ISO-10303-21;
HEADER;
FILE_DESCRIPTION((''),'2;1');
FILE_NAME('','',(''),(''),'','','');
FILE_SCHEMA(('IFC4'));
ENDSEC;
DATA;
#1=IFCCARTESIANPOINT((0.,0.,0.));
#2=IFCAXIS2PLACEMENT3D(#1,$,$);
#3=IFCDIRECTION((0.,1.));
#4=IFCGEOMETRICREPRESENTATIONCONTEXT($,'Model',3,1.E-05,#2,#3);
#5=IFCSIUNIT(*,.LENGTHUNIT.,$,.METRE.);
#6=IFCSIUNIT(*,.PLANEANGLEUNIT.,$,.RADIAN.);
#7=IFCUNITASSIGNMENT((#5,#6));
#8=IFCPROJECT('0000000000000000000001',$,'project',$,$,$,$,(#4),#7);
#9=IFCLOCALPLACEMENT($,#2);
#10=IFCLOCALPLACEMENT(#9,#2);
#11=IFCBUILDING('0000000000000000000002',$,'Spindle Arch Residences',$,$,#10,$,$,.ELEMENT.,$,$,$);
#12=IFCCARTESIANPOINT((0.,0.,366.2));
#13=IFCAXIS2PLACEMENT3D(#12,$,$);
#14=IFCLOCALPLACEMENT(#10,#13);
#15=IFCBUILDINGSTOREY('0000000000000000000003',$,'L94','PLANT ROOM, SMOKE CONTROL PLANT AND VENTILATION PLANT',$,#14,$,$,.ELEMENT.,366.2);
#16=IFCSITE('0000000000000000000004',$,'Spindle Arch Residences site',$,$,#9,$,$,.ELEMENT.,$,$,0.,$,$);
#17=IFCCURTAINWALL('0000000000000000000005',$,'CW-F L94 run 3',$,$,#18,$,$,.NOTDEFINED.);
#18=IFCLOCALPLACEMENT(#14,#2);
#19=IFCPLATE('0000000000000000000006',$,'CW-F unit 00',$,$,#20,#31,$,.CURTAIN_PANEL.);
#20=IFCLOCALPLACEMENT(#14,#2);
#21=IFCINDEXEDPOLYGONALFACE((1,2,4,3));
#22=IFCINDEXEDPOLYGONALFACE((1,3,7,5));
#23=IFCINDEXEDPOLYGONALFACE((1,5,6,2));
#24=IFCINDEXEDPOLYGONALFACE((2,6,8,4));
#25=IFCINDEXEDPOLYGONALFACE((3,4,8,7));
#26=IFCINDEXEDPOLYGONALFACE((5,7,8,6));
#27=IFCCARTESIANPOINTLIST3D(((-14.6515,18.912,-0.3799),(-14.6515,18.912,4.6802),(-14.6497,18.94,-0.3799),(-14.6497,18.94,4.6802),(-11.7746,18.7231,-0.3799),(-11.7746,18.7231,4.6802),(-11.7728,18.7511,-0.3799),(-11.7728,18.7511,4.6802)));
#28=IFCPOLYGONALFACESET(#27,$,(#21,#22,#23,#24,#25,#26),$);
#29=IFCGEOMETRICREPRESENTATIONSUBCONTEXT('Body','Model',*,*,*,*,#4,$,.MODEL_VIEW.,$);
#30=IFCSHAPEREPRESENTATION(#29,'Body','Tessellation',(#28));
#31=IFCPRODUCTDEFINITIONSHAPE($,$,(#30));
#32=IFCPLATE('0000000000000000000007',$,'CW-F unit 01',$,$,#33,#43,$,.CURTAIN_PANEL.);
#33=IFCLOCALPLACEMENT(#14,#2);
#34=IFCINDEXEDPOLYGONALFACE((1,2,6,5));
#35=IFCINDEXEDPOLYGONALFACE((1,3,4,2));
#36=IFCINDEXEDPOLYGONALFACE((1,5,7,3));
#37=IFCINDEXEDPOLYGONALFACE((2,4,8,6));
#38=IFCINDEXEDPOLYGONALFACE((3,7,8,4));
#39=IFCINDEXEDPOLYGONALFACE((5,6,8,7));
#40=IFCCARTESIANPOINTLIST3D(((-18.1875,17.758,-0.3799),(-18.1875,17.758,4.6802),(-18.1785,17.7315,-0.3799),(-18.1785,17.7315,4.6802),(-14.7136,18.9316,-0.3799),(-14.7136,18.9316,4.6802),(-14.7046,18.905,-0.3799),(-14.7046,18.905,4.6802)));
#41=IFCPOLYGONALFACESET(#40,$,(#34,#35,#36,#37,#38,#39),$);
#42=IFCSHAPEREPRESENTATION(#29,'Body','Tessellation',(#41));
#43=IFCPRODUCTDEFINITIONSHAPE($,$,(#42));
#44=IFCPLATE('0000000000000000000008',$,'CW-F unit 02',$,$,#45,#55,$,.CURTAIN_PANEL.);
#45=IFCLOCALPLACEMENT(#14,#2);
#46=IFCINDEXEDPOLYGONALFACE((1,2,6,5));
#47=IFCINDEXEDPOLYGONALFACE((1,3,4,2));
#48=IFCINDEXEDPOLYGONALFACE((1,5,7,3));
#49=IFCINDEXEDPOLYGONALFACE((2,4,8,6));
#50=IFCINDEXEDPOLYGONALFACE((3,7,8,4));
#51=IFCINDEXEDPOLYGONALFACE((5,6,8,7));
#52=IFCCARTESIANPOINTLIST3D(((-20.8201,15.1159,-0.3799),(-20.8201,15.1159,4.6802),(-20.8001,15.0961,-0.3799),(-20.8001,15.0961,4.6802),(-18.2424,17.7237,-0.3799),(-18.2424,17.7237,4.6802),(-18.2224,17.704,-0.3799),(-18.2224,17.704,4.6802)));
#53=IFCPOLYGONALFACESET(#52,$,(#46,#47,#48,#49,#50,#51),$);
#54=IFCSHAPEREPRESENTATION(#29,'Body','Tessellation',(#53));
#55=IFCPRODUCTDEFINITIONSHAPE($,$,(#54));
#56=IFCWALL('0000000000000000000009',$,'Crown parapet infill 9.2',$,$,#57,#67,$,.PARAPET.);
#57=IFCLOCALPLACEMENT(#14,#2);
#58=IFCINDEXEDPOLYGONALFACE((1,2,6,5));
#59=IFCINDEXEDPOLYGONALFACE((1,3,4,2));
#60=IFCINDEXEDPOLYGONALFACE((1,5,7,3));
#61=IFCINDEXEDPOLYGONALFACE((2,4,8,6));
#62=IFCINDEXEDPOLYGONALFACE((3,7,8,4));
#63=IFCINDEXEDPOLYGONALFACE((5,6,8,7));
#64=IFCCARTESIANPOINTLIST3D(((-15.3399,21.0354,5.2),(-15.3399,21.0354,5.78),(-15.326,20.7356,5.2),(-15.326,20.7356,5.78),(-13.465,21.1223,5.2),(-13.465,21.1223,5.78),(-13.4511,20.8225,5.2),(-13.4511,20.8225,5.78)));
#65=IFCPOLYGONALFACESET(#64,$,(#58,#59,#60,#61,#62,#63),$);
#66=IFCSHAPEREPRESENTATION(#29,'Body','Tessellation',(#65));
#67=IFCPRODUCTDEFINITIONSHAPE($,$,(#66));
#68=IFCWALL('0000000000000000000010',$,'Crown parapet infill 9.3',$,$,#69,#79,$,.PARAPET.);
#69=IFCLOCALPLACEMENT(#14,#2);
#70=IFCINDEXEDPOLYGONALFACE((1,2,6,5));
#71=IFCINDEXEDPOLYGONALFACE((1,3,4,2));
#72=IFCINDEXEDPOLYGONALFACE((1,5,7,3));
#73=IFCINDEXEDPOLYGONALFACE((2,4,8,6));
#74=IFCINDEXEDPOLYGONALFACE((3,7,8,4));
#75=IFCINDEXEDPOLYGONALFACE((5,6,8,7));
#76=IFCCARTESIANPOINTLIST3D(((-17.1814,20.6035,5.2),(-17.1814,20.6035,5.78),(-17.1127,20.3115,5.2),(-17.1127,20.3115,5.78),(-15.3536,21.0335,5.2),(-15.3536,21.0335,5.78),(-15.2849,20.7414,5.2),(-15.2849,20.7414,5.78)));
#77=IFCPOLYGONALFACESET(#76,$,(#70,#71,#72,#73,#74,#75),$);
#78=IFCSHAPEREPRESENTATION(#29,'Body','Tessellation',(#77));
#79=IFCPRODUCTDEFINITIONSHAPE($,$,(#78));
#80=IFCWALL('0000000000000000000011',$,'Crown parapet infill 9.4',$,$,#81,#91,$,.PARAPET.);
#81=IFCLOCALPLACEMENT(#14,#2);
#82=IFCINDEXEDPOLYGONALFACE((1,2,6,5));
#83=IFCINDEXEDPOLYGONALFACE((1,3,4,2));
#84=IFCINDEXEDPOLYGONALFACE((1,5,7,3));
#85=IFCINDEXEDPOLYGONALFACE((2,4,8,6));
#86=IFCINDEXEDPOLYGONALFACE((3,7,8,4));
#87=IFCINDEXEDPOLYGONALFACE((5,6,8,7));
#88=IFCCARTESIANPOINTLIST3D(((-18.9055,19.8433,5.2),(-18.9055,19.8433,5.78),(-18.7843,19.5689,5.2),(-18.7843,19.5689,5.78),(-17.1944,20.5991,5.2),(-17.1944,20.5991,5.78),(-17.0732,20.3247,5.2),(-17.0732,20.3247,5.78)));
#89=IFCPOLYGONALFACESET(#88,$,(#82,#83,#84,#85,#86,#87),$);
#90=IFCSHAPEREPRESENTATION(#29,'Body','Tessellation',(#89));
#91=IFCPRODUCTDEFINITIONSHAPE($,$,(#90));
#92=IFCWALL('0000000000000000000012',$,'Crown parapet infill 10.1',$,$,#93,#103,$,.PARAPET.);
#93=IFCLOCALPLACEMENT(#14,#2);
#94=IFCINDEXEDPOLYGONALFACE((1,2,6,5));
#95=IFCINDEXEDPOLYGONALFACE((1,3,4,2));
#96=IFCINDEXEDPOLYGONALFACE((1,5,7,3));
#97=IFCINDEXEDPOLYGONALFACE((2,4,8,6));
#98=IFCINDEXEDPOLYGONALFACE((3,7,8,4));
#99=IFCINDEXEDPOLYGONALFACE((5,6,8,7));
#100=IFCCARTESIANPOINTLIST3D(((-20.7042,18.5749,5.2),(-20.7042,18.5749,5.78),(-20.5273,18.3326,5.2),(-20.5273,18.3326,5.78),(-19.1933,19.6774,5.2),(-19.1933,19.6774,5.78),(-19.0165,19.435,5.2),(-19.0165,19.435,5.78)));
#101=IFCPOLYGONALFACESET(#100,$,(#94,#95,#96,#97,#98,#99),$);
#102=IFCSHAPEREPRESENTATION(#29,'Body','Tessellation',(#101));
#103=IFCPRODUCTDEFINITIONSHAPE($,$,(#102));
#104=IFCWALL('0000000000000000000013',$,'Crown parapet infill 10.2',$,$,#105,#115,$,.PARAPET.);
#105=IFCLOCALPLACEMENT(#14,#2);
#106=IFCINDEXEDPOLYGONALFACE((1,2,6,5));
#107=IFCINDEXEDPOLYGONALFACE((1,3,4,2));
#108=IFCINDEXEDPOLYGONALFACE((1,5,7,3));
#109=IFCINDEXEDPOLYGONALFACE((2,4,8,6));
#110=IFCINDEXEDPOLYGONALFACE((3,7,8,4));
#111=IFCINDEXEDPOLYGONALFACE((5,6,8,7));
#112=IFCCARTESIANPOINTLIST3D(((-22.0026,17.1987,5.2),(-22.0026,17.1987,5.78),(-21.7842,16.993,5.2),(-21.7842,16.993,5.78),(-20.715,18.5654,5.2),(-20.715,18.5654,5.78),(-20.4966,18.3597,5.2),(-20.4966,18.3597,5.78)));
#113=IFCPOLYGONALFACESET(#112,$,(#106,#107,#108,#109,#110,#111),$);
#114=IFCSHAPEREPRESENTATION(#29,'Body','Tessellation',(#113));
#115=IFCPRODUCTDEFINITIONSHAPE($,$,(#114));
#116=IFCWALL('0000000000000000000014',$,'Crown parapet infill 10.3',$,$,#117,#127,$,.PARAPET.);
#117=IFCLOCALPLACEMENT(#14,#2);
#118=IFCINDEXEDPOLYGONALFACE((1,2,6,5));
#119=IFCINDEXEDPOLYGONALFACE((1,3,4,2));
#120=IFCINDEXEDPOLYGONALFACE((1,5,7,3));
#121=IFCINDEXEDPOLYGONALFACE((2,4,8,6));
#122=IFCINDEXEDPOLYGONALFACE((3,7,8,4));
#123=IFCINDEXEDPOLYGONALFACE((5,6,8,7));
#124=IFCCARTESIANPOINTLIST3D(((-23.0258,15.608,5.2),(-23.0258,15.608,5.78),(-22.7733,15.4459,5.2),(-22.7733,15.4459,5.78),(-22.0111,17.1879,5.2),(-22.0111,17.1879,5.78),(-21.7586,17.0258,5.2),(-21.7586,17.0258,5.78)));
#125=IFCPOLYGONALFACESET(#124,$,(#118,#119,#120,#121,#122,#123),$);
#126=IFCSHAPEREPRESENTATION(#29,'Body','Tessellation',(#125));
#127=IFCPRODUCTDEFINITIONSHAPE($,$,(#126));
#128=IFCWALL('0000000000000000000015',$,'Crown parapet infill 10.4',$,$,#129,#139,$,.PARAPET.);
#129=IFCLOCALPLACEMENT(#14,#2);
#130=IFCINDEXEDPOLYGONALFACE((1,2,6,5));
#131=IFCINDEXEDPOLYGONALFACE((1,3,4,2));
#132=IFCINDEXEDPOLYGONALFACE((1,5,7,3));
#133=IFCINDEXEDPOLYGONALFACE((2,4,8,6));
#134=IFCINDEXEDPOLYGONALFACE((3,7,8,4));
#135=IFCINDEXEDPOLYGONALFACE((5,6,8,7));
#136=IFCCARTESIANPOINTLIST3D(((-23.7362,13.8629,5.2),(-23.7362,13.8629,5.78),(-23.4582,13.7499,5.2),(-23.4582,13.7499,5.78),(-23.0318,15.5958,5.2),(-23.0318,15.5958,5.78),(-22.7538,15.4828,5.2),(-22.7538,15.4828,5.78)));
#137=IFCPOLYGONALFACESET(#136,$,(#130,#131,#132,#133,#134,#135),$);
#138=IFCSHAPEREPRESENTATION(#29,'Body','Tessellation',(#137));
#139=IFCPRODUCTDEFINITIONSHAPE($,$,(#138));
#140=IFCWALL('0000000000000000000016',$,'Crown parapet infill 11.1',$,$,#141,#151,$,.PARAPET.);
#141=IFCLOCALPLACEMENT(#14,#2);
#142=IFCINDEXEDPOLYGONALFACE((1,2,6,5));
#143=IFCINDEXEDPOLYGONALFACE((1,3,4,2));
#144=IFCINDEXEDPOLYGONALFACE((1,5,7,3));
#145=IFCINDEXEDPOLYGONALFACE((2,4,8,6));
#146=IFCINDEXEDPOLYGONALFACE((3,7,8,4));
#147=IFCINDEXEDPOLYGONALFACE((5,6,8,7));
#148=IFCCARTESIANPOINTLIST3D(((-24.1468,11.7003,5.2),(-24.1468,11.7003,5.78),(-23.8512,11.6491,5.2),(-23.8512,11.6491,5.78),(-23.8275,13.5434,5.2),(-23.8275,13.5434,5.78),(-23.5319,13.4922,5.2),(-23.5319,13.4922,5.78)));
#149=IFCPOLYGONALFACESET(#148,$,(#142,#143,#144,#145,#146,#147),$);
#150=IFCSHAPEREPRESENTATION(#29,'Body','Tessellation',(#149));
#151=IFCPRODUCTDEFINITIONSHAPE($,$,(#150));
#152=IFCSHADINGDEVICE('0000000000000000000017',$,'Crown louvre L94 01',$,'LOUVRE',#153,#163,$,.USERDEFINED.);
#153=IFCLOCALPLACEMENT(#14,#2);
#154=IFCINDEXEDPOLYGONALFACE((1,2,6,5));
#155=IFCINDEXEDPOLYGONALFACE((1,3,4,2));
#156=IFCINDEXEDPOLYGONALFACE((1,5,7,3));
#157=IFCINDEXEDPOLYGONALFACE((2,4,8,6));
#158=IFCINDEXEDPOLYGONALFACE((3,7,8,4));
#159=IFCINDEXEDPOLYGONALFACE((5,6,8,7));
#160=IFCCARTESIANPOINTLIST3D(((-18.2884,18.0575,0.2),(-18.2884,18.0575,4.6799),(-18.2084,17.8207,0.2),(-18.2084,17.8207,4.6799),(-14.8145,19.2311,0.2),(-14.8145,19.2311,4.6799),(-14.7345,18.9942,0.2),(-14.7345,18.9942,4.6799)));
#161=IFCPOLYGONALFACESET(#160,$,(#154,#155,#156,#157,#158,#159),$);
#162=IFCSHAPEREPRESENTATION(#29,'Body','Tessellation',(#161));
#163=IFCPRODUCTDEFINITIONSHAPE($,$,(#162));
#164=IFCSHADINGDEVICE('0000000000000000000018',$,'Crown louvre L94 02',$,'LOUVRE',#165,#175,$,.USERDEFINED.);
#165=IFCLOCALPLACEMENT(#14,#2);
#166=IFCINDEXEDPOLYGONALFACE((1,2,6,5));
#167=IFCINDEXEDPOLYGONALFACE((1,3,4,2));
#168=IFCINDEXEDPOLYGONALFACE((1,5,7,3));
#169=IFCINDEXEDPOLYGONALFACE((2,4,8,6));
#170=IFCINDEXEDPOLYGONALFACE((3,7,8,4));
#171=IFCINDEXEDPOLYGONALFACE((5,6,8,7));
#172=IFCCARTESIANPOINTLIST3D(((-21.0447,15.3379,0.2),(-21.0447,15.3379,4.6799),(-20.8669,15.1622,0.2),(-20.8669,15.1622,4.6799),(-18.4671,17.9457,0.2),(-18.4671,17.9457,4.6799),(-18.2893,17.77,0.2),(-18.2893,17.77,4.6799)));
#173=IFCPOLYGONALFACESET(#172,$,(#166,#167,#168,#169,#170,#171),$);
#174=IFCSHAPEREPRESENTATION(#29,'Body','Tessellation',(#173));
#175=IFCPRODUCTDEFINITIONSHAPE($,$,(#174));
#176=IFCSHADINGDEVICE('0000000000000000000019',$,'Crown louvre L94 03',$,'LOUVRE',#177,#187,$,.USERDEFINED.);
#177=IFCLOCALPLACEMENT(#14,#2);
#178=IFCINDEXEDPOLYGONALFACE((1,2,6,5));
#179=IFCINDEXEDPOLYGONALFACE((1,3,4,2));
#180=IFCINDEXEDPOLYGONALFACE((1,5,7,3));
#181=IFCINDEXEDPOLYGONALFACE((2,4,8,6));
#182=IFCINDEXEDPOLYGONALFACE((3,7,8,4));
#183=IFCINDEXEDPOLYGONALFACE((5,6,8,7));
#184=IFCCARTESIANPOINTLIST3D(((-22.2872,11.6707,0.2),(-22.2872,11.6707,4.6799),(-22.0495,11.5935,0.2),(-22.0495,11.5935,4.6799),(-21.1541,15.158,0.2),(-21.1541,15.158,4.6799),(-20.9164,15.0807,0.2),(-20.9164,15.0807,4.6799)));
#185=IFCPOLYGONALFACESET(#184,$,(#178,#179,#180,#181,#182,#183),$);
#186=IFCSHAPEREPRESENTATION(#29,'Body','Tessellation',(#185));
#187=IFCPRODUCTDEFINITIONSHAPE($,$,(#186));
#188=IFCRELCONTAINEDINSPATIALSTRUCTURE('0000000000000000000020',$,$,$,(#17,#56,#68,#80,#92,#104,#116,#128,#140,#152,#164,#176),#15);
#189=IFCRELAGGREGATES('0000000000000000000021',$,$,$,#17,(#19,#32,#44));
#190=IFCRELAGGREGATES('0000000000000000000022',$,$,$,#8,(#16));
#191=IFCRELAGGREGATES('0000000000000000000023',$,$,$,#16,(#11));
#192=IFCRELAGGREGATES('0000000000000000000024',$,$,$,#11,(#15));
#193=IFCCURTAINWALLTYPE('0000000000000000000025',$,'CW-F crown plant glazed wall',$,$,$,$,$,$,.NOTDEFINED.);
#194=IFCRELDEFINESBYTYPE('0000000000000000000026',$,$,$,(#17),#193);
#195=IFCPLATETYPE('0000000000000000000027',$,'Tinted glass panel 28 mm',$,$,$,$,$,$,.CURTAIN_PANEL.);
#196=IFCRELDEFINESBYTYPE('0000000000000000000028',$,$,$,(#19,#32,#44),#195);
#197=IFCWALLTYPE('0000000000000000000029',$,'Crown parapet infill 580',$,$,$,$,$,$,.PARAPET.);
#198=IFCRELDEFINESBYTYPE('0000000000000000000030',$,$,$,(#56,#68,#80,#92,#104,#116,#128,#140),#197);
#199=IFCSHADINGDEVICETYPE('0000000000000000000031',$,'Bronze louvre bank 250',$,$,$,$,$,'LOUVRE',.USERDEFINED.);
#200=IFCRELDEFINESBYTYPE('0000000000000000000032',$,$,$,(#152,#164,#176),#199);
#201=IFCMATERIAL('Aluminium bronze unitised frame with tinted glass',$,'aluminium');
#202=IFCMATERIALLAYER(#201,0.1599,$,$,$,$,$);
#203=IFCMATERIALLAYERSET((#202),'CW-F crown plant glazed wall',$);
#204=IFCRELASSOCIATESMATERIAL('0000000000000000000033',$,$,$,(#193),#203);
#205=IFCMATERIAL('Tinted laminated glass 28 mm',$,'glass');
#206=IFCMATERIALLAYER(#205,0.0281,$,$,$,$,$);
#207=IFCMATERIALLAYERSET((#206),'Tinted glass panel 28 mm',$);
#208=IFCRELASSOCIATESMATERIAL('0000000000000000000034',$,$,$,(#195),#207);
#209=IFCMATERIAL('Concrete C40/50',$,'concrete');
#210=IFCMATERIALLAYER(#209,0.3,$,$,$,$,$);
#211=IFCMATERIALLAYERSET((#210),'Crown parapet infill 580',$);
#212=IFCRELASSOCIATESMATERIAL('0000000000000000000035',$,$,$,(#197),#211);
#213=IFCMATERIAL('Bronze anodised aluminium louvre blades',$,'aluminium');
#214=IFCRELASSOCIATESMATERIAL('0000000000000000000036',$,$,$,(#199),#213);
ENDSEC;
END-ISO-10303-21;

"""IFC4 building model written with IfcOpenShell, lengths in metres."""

from ifc_helpers import new_model, si_unit, direction, frame, frame_2d, origin, origin_2d, place, context, subcontext, project, spatial, rectangle, extrude, material, layer, layer_set, type_object, element, aggregate, save


model = new_model("IFC4")

# Units and contexts
model_context = context("Model", 3, precision=1e-05, world=origin(), true_north=direction((0.0, 1.0)))
body_context = subcontext(model_context, "Body", "Model", "MODEL_VIEW")
ifc_project = project(units=[si_unit("LENGTHUNIT", "METRE"), si_unit("PLANEANGLEUNIT", "RADIAN")], contexts=[model_context])

# Site, building, storey
site_placement = place(None, origin())
site = spatial("IfcSite", under=ifc_project, at=site_placement, Name="Spindle Arch Residences site", CompositionType="ELEMENT", RefElevation=0.0)
building_placement = place(site_placement, origin())
building = spatial("IfcBuilding", under=site, at=building_placement, Name="Spindle Arch Residences", CompositionType="ELEMENT")
storey_placement = place(building_placement, frame((0.0, 0.0, 366.2)))
storey = spatial("IfcBuildingStorey", under=building, at=storey_placement, Name="L94", Description="PLANT ROOM, SMOKE CONTROL PLANT AND VENTILATION PLANT", CompositionType="ELEMENT", Elevation=366.2)

# Curtain wall
ifc_material_1 = material(Name="Aluminium bronze unitised frame with tinted glass", Category="aluminium")
ifc_layer_1 = layer(ifc_material_1, 0.1599)
ifc_layer_set_1 = layer_set([ifc_layer_1], Name="CW-F crown plant glazed wall")
curtain_wall_type = type_object("IfcCurtainWallType", Name="CW-F crown plant glazed wall", PredefinedType="NOTDEFINED", material=ifc_layer_set_1)
curtain_wall_placement = place(storey_placement, origin())
curtain_wall = element("IfcCurtainWall", 1, at=curtain_wall_placement, inside=storey, type_object=curtain_wall_type, Name="CW-F L94 run 3", PredefinedType="NOTDEFINED")

# Plates
ifc_material_2 = material(Name="Tinted laminated glass 28 mm", Category="glass")
ifc_layer_2 = layer(ifc_material_2, 0.0281)
ifc_layer_set_2 = layer_set([ifc_layer_2], Name="Tinted glass panel 28 mm")
plate_type = type_object("IfcPlateType", Name="Tinted glass panel 28 mm", PredefinedType="CURTAIN_PANEL", material=ifc_layer_set_2)
plate_1_placement = place(storey_placement, frame((-13.2122, 18.8315, -0.3799), z_axis=(0.0, 0.0, 1.0), x_axis=(-0.997852, 0.06551, 0.0)))
plate_1 = element("IfcPlate", 2, at=plate_1_placement, type_object=plate_type, Name="CW-F unit 00", PredefinedType="CURTAIN_PANEL", context=body_context, shape_type="SweptSolid", body=[
    extrude(rectangle(XDim=2.8831, YDim=0.0281, at=origin_2d()), origin(), (0.0, 0.0, 1.0), 5.0601),
])
plate_2_placement = place(storey_placement, frame((-16.446, 18.3315, -0.3799), z_axis=(0.0, 0.0, 1.0), x_axis=(-0.947397, -0.320062, 0.0)))
plate_2 = element("IfcPlate", 3, at=plate_2_placement, type_object=plate_type, Name="CW-F unit 01", PredefinedType="CURTAIN_PANEL", context=body_context, shape_type="SweptSolid", body=[
    extrude(rectangle(XDim=3.6667, YDim=0.0281, at=origin_2d()), origin(), (0.0, 0.0, 1.0), 5.0601),
])
plate_3_placement = place(storey_placement, frame((-19.5212, 16.4099, -0.3799), z_axis=(0.0, 0.0, 1.0), x_axis=(-0.702981, -0.711209, 0.0)))
plate_3 = element("IfcPlate", 4, at=plate_3_placement, type_object=plate_type, Name="CW-F unit 02", PredefinedType="CURTAIN_PANEL", context=body_context, shape_type="SweptSolid", body=[
    extrude(rectangle(XDim=3.6667, YDim=0.0281, at=origin_2d()), origin(), (0.0, 0.0, 1.0), 5.0601),
])
aggregate(curtain_wall, [plate_1, plate_2, plate_3])

# Walls
ifc_material_3 = material(Name="Concrete C40/50", Category="concrete")
ifc_layer_3 = layer(ifc_material_3, 0.3)
ifc_layer_set_3 = layer_set([ifc_layer_3], Name="Crown parapet infill 580")
wall_type = type_object("IfcWallType", Name="Crown parapet infill 580", PredefinedType="PARAPET", material=ifc_layer_set_3)
wall_1_placement = place(storey_placement, frame((-13.458, 20.9724, 5.2), z_axis=(0.0, 0.0, 1.0), x_axis=(-0.998927, -0.046304, 0.0)))
element("IfcWall", 5, at=wall_1_placement, inside=storey, type_object=wall_type, Name="Crown parapet infill 9.2", PredefinedType="PARAPET", context=body_context, shape_type="SweptSolid", body=[
    extrude(rectangle(XDim=1.877, YDim=0.3, at=frame_2d((0.9385, 0.0))), origin(), (0.0, 0.0, 1.0), 0.5801),
])
wall_2_placement = place(storey_placement, frame((-15.3191, 20.8875, 5.2), z_axis=(0.0, 0.0, 1.0), x_axis=(-0.973436, -0.22896, 0.0)))
element("IfcWall", 6, at=wall_2_placement, inside=storey, type_object=wall_type, Name="Crown parapet infill 9.3", PredefinedType="PARAPET", context=body_context, shape_type="SweptSolid", body=[
    extrude(rectangle(XDim=1.8777, YDim=0.3, at=frame_2d((0.939, 0.0))), origin(), (0.0, 0.0, 1.0), 0.5801),
])
wall_3_placement = place(storey_placement, frame((-17.1338, 20.4619, 5.2), z_axis=(0.0, 0.0, 1.0), x_axis=(-0.914735, -0.404055, 0.0)))
element("IfcWall", 7, at=wall_3_placement, inside=storey, type_object=wall_type, Name="Crown parapet infill 9.4", PredefinedType="PARAPET", context=body_context, shape_type="SweptSolid", body=[
    extrude(rectangle(XDim=1.8706, YDim=0.3, at=frame_2d((0.9353, 0.0))), origin(), (0.0, 0.0, 1.0), 0.5801),
])
wall_4_placement = place(storey_placement, frame((-19.105, 19.5562, 5.2), z_axis=(0.0, 0.0, 1.0), x_axis=(-0.807809, -0.589444, 0.0)))
element("IfcWall", 8, at=wall_4_placement, inside=storey, type_object=wall_type, Name="Crown parapet infill 10.1", PredefinedType="PARAPET", context=body_context, shape_type="SweptSolid", body=[
    extrude(rectangle(XDim=1.8704, YDim=0.3, at=frame_2d((0.9351, 0.0))), origin(), (0.0, 0.0, 1.0), 0.5801),
])
for number, where, z_axis, x_axis, name in (
    (9, (-20.6057, 18.4626, 5.2), (0.0, 0.0, 1.0), (-0.68573, -0.727856, 0.0), "Crown parapet infill 10.2"),
    (10, (-21.8848, 17.1069, 5.2), (0.0, 0.0, 1.0), (-0.540396, -0.841411, 0.0), "Crown parapet infill 10.3"),
):
    element("IfcWall", number, at=place(storey_placement, frame(where, z_axis=z_axis, x_axis=x_axis)), inside=storey, type_object=wall_type, Name=name, PredefinedType="PARAPET", context=body_context, shape_type="SweptSolid", body=[
        extrude(rectangle(XDim=1.8777, YDim=0.3, at=frame_2d((0.939, 0.0))), origin(), (0.0, 0.0, 1.0), 0.5801),
    ])
for number, where, z_axis, x_axis, name in (
    (11, (-22.8928, 15.5393, 5.2), (0.0, 0.0, 1.0), (-0.376538, -0.926401, 0.0), "Crown parapet infill 10.4"),
    (12, (-23.6797, 13.5178, 5.2), (0.0, 0.0, 1.0), (-0.170702, -0.985323, 0.0), "Crown parapet infill 11.1"),
):
    element("IfcWall", number, at=place(storey_placement, frame(where, z_axis=z_axis, x_axis=x_axis)), inside=storey, type_object=wall_type, Name=name, PredefinedType="PARAPET", context=body_context, shape_type="SweptSolid", body=[
        extrude(rectangle(XDim=1.8706, YDim=0.3, at=frame_2d((0.9353, 0.0))), origin(), (0.0, 0.0, 1.0), 0.5801),
    ])

# Shading devices
ifc_material_4 = material(Name="Bronze anodised aluminium louvre blades", Category="aluminium")
shading_device_type = type_object("IfcShadingDeviceType", Name="Bronze louvre bank 250", ElementType="LOUVRE", PredefinedType="USERDEFINED", material=ifc_material_4)
for number, where, z_axis, x_axis, name in (
    (13, (-16.5115, 18.5259, 0.2), (0.0, 0.0, 1.0), (-0.947397, -0.320062, 0.0), "Crown louvre L94 01"),
    (14, (-19.667, 16.554, 0.2), (0.0, 0.0, 1.0), (-0.702981, -0.711209, 0.0), "Crown louvre L94 02"),
    (15, (-21.6018, 13.3757, 0.2), (0.0, 0.0, 1.0), (-0.309017, -0.951057, 0.0), "Crown louvre L94 03"),
):
    element("IfcShadingDevice", number, at=place(storey_placement, frame(where, z_axis=z_axis, x_axis=x_axis)), inside=storey, type_object=shading_device_type, Name=name, ObjectType="LOUVRE", PredefinedType="USERDEFINED", context=body_context, shape_type="SweptSolid", body=[
        extrude(rectangle(XDim=3.6667, YDim=0.25, at=origin_2d()), origin(), (0.0, 0.0, 1.0), 4.48),
    ])

save(model, "model.ifc")
